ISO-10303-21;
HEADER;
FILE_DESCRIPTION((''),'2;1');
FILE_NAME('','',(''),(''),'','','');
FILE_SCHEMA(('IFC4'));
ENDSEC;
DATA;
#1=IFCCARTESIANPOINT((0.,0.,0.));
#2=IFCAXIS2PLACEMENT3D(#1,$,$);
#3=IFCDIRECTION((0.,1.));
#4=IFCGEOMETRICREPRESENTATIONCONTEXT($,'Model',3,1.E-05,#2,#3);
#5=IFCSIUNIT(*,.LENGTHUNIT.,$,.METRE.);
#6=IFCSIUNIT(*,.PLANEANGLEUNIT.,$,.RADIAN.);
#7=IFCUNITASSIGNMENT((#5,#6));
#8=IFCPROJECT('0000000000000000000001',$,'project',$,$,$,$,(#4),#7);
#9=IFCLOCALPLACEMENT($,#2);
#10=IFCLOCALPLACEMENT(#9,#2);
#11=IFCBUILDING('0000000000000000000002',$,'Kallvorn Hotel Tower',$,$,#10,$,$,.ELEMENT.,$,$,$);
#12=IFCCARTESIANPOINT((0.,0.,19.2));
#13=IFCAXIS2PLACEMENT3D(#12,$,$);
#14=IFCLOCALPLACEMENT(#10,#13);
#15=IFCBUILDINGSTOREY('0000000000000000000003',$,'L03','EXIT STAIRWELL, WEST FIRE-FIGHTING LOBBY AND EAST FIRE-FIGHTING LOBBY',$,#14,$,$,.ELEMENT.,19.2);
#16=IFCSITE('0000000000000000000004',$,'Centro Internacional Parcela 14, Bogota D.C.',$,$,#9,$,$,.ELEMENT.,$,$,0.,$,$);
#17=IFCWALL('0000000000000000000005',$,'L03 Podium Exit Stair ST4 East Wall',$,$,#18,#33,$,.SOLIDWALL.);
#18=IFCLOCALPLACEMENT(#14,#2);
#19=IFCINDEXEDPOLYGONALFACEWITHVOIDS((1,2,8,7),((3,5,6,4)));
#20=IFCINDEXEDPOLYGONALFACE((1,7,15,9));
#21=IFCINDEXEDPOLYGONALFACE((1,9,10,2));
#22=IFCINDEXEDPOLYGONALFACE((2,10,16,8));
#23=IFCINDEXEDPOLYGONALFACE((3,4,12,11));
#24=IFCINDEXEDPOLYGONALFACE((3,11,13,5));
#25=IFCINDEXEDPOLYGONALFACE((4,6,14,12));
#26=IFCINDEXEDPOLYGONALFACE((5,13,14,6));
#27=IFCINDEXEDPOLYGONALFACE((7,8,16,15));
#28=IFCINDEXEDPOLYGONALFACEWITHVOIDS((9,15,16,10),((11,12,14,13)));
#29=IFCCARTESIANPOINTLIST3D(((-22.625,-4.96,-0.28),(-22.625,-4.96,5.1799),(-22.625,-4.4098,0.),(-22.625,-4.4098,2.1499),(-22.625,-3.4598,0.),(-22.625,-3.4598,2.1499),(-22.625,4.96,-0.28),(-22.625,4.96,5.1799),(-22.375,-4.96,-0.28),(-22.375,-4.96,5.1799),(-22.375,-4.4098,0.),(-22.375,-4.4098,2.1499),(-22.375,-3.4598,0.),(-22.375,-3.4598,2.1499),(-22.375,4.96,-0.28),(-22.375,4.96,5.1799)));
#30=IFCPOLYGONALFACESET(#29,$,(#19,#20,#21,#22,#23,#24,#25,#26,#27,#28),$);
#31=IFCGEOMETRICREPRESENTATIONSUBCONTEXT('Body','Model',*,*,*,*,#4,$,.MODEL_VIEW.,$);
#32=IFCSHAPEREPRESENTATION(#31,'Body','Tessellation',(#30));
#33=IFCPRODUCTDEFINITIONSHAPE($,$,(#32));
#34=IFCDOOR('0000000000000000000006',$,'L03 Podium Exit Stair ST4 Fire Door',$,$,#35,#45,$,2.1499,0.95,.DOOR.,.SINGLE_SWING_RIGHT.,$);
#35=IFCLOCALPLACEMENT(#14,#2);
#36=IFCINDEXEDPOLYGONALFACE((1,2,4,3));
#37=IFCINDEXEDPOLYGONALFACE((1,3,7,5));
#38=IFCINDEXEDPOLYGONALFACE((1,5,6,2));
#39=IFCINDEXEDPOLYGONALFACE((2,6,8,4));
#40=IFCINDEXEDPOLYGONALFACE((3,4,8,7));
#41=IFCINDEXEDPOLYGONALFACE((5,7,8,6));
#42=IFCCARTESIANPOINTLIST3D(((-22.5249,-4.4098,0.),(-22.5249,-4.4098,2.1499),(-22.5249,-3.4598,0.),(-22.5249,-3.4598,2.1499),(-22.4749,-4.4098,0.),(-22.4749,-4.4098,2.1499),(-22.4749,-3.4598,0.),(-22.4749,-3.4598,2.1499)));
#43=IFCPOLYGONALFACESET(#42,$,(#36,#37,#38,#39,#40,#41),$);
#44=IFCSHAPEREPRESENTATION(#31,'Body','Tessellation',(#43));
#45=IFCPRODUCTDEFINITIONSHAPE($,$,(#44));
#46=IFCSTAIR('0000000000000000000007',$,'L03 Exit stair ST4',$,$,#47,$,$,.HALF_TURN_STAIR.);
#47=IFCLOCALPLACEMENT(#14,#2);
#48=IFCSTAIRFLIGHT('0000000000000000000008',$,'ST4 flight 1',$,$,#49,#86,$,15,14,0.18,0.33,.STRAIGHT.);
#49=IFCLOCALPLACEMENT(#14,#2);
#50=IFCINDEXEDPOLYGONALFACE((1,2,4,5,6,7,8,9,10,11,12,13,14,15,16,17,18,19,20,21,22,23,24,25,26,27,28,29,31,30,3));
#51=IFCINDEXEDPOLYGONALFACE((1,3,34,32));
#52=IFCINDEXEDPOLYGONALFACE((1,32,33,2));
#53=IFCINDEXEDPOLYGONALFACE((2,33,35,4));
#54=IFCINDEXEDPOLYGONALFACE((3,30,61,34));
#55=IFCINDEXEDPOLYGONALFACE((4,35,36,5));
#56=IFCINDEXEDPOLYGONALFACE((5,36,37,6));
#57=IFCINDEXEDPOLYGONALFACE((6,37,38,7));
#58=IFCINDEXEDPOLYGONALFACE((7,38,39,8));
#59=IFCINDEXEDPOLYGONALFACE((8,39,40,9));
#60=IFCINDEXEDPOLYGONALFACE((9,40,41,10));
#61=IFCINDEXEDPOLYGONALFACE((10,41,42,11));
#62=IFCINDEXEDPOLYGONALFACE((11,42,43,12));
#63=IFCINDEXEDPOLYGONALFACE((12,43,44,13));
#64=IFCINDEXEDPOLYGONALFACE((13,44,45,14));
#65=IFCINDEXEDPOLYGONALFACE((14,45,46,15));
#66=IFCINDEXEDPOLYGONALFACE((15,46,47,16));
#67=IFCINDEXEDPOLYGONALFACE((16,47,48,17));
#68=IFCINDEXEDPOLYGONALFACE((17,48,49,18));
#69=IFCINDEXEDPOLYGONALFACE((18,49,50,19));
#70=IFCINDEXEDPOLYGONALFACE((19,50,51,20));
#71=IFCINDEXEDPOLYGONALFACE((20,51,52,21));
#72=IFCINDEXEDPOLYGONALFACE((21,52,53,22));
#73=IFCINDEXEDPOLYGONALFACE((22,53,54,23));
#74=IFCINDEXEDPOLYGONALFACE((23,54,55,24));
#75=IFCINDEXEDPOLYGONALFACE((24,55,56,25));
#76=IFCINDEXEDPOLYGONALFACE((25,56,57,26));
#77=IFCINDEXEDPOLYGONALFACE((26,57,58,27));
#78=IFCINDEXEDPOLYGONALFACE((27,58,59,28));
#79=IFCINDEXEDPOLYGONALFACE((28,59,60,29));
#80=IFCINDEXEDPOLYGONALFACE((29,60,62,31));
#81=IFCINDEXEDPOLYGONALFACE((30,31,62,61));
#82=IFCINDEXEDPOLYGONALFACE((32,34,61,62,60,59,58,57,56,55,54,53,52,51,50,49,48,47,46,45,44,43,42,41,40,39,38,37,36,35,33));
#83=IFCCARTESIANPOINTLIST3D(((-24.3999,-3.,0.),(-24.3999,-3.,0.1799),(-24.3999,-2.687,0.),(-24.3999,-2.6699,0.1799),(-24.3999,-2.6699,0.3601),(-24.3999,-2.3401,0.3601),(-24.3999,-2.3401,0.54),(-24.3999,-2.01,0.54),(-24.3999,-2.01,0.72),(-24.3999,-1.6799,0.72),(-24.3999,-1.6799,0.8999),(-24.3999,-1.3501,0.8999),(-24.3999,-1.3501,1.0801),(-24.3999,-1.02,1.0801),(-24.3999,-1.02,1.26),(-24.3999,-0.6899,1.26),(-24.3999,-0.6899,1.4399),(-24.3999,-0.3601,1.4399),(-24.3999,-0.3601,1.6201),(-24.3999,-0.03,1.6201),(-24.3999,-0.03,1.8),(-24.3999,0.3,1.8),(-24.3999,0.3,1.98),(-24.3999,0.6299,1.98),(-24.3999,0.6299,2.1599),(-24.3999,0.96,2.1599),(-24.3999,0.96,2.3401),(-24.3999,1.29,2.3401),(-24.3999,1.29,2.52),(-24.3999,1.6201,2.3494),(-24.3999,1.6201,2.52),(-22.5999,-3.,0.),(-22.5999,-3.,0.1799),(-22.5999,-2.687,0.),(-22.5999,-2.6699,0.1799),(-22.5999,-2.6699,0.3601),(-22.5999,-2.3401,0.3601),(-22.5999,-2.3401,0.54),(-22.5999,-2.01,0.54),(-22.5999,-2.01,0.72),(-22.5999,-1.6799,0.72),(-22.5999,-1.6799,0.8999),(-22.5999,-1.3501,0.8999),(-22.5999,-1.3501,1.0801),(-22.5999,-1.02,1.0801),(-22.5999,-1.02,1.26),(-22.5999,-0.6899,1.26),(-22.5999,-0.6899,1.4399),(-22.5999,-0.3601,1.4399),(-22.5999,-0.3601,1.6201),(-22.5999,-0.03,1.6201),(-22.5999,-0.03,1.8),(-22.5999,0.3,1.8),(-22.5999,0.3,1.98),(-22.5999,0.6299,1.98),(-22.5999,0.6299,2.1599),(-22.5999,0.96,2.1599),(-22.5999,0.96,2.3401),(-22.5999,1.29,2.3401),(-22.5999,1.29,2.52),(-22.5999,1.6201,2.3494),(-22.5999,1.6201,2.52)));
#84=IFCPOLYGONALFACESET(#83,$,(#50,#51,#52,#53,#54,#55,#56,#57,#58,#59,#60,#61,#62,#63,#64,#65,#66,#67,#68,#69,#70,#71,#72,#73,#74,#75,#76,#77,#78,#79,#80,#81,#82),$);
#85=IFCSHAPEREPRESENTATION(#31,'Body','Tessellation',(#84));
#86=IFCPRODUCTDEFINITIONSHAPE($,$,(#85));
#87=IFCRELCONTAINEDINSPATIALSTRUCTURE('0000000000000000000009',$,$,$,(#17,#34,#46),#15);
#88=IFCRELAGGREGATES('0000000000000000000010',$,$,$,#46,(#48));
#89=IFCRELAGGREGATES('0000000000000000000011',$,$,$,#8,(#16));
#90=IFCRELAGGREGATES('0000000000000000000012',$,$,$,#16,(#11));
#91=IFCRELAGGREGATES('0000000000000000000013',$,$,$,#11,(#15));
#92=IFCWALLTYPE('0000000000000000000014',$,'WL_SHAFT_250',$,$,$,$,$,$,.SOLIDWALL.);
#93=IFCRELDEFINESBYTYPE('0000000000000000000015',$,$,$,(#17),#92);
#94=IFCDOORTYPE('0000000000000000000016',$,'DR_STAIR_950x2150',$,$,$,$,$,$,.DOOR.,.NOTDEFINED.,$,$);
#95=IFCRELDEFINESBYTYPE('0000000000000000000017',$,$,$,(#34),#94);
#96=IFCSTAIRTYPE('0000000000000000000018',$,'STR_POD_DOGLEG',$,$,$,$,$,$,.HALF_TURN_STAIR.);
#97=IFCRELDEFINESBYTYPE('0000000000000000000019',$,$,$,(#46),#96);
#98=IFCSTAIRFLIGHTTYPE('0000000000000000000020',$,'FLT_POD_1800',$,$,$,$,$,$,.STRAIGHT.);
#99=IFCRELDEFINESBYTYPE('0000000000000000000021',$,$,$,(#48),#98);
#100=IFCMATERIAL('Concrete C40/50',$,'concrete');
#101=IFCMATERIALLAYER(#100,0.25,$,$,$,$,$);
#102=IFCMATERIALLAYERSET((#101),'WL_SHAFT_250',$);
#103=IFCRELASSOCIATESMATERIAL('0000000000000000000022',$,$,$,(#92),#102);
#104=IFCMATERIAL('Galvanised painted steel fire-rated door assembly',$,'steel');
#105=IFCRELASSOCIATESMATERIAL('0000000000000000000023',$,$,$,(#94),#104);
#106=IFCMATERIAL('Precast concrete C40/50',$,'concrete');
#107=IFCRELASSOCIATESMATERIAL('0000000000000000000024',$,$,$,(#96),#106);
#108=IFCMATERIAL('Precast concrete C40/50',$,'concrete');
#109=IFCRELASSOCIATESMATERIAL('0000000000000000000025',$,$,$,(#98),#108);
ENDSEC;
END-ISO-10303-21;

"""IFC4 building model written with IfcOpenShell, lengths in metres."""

from ifc_helpers import new_model, si_unit, direction, frame, frame_2d, origin, place, context, subcontext, project, spatial, polyline, rectangle, outline, extrude, material, layer, layer_set, type_object, element, fill, aggregate, save


model = new_model("IFC4")

# Units and contexts
model_context = context("Model", 3, precision=1e-05, world=origin(), true_north=direction((0.0, 1.0)))
body_context = subcontext(model_context, "Body", "Model", "MODEL_VIEW")
ifc_project = project(units=[si_unit("LENGTHUNIT", "METRE"), si_unit("PLANEANGLEUNIT", "RADIAN")], contexts=[model_context])

# Site, building, storey
site_placement = place(None, origin())
site = spatial("IfcSite", under=ifc_project, at=site_placement, Name="Centro Internacional Parcela 14, Bogota D.C.", CompositionType="ELEMENT", RefElevation=0.0)
building_placement = place(site_placement, origin())
building = spatial("IfcBuilding", under=site, at=building_placement, Name="Kallvorn Hotel Tower", CompositionType="ELEMENT")
storey_placement = place(building_placement, frame((0.0, 0.0, 19.2)))
storey = spatial("IfcBuildingStorey", under=building, at=storey_placement, Name="L03", Description="EXIT STAIRWELL, WEST FIRE-FIGHTING LOBBY AND EAST FIRE-FIGHTING LOBBY", CompositionType="ELEMENT", Elevation=19.2)

# Wall, opening, door
ifc_material_1 = material(Name="Concrete C40/50", Category="concrete")
ifc_layer_1 = layer(ifc_material_1, 0.25)
ifc_layer_set_1 = layer_set([ifc_layer_1], Name="WL_SHAFT_250")
wall_type = type_object("IfcWallType", Name="WL_SHAFT_250", PredefinedType="SOLIDWALL", material=ifc_layer_set_1)
wall_placement = place(storey_placement, frame((-22.5, -4.96, -0.28), z_axis=(0.0, 0.0, 1.0), x_axis=(0.0, 1.0, 0.0)))
wall = element("IfcWall", 1, at=wall_placement, inside=storey, type_object=wall_type, Name="L03 Podium Exit Stair ST4 East Wall", PredefinedType="SOLIDWALL", context=body_context, shape_type="SweptSolid", body=[
    extrude(rectangle(XDim=9.9199, YDim=0.25, at=frame_2d((4.96, 0.0))), origin(), (0.0, 0.0, 1.0), 5.46),
])
opening_placement = place(wall_placement, frame((0.55, 0.0, 0.28)))
opening = element("IfcOpeningElement", 2, at=opening_placement, cuts=wall, PredefinedType="OPENING", context=body_context, shape_type="SweptSolid", body=[
    extrude(rectangle(XDim=0.95, YDim=2.1499, at=frame_2d((0.4751, 1.075))), frame((0.0, 0.1399, 0.0), z_axis=(0.0, -1.0, 0.0), x_axis=(1.0, 0.0, 0.0)), (0.0, 0.0, 1.0), 0.28),
])
ifc_material_2 = material(Name="Galvanised painted steel fire-rated door assembly", Category="steel")
door_type = type_object("IfcDoorType", Name="DR_STAIR_950x2150", OperationType="NOTDEFINED", PredefinedType="DOOR", material=ifc_material_2)
door_placement = place(opening_placement, origin())
door = element("IfcDoor", 3, at=door_placement, inside=storey, type_object=door_type, Name="L03 Podium Exit Stair ST4 Fire Door", OperationType="SINGLE_SWING_RIGHT", OverallHeight=2.1499, OverallWidth=0.95, PredefinedType="DOOR", context=body_context, shape_type="SweptSolid", body=[
    extrude(rectangle(XDim=0.95, YDim=2.1499, at=frame_2d((0.4751, 1.075))), frame((0.0, 0.0249, 0.0), z_axis=(0.0, -1.0, 0.0), x_axis=(1.0, 0.0, 0.0)), (0.0, 0.0, 1.0), 0.05),
])
fill(opening, door)

# Stair, stair flight
ifc_material_3 = material(Name="Precast concrete C40/50", Category="concrete")
stair_type = type_object("IfcStairType", Name="STR_POD_DOGLEG", PredefinedType="HALF_TURN_STAIR", material=ifc_material_3)
stair_placement = place(storey_placement, origin())
stair = element("IfcStair", 4, at=stair_placement, inside=storey, type_object=stair_type, Name="L03 Exit stair ST4", PredefinedType="HALF_TURN_STAIR")
ifc_material_4 = material(Name="Precast concrete C40/50", Category="concrete")
stair_flight_type = type_object("IfcStairFlightType", Name="FLT_POD_1800", PredefinedType="STRAIGHT", material=ifc_material_4)
stair_flight_placement = place(storey_placement, frame((-23.5, -3.0, 0.0), z_axis=(0.0, 0.0, 1.0), x_axis=(0.0, 1.0, 0.0)))
stair_flight = element("IfcStairFlight", 5, at=stair_flight_placement, type_object=stair_flight_type, Name="ST4 flight 1", NumberOfRisers=15, NumberOfTreads=14, PredefinedType="STRAIGHT", RiserHeight=0.18, TreadLength=0.33, context=body_context, shape_type="SweptSolid", body=[
    extrude(outline(polyline([(0.0, 0.0), (0.0, 0.1799), (0.3301, 0.1799), (0.3301, 0.3601), (0.6599, 0.3601), (0.6599, 0.54), (0.99, 0.54), (0.99, 0.72), (1.3201, 0.72), (1.3201, 0.8999), (1.6499, 0.8999), (1.6499, 1.0801), (1.98, 1.0801), (1.98, 1.26), (2.3101, 1.26), (2.3101, 1.4399), (2.6399, 1.4399), (2.6399, 1.6201), (2.97, 1.6201), (2.97, 1.8), (3.3, 1.8), (3.3, 1.98), (3.6299, 1.98), (3.6299, 2.1599), (3.96, 2.1599), (3.96, 2.3401), (4.29, 2.3401), (4.29, 2.52), (4.6201, 2.52), (4.6201, 2.7), (4.6201, 2.3494), (0.313, 0.0), (0.0, 0.0)])), frame((0.0, 0.8999, 0.0), z_axis=(0.0, -1.0, 0.0), x_axis=(1.0, 0.0, 0.0)), (0.0, 0.0, 1.0), 1.8),
])
aggregate(stair, [stair_flight])

save(model, "model.ifc")
